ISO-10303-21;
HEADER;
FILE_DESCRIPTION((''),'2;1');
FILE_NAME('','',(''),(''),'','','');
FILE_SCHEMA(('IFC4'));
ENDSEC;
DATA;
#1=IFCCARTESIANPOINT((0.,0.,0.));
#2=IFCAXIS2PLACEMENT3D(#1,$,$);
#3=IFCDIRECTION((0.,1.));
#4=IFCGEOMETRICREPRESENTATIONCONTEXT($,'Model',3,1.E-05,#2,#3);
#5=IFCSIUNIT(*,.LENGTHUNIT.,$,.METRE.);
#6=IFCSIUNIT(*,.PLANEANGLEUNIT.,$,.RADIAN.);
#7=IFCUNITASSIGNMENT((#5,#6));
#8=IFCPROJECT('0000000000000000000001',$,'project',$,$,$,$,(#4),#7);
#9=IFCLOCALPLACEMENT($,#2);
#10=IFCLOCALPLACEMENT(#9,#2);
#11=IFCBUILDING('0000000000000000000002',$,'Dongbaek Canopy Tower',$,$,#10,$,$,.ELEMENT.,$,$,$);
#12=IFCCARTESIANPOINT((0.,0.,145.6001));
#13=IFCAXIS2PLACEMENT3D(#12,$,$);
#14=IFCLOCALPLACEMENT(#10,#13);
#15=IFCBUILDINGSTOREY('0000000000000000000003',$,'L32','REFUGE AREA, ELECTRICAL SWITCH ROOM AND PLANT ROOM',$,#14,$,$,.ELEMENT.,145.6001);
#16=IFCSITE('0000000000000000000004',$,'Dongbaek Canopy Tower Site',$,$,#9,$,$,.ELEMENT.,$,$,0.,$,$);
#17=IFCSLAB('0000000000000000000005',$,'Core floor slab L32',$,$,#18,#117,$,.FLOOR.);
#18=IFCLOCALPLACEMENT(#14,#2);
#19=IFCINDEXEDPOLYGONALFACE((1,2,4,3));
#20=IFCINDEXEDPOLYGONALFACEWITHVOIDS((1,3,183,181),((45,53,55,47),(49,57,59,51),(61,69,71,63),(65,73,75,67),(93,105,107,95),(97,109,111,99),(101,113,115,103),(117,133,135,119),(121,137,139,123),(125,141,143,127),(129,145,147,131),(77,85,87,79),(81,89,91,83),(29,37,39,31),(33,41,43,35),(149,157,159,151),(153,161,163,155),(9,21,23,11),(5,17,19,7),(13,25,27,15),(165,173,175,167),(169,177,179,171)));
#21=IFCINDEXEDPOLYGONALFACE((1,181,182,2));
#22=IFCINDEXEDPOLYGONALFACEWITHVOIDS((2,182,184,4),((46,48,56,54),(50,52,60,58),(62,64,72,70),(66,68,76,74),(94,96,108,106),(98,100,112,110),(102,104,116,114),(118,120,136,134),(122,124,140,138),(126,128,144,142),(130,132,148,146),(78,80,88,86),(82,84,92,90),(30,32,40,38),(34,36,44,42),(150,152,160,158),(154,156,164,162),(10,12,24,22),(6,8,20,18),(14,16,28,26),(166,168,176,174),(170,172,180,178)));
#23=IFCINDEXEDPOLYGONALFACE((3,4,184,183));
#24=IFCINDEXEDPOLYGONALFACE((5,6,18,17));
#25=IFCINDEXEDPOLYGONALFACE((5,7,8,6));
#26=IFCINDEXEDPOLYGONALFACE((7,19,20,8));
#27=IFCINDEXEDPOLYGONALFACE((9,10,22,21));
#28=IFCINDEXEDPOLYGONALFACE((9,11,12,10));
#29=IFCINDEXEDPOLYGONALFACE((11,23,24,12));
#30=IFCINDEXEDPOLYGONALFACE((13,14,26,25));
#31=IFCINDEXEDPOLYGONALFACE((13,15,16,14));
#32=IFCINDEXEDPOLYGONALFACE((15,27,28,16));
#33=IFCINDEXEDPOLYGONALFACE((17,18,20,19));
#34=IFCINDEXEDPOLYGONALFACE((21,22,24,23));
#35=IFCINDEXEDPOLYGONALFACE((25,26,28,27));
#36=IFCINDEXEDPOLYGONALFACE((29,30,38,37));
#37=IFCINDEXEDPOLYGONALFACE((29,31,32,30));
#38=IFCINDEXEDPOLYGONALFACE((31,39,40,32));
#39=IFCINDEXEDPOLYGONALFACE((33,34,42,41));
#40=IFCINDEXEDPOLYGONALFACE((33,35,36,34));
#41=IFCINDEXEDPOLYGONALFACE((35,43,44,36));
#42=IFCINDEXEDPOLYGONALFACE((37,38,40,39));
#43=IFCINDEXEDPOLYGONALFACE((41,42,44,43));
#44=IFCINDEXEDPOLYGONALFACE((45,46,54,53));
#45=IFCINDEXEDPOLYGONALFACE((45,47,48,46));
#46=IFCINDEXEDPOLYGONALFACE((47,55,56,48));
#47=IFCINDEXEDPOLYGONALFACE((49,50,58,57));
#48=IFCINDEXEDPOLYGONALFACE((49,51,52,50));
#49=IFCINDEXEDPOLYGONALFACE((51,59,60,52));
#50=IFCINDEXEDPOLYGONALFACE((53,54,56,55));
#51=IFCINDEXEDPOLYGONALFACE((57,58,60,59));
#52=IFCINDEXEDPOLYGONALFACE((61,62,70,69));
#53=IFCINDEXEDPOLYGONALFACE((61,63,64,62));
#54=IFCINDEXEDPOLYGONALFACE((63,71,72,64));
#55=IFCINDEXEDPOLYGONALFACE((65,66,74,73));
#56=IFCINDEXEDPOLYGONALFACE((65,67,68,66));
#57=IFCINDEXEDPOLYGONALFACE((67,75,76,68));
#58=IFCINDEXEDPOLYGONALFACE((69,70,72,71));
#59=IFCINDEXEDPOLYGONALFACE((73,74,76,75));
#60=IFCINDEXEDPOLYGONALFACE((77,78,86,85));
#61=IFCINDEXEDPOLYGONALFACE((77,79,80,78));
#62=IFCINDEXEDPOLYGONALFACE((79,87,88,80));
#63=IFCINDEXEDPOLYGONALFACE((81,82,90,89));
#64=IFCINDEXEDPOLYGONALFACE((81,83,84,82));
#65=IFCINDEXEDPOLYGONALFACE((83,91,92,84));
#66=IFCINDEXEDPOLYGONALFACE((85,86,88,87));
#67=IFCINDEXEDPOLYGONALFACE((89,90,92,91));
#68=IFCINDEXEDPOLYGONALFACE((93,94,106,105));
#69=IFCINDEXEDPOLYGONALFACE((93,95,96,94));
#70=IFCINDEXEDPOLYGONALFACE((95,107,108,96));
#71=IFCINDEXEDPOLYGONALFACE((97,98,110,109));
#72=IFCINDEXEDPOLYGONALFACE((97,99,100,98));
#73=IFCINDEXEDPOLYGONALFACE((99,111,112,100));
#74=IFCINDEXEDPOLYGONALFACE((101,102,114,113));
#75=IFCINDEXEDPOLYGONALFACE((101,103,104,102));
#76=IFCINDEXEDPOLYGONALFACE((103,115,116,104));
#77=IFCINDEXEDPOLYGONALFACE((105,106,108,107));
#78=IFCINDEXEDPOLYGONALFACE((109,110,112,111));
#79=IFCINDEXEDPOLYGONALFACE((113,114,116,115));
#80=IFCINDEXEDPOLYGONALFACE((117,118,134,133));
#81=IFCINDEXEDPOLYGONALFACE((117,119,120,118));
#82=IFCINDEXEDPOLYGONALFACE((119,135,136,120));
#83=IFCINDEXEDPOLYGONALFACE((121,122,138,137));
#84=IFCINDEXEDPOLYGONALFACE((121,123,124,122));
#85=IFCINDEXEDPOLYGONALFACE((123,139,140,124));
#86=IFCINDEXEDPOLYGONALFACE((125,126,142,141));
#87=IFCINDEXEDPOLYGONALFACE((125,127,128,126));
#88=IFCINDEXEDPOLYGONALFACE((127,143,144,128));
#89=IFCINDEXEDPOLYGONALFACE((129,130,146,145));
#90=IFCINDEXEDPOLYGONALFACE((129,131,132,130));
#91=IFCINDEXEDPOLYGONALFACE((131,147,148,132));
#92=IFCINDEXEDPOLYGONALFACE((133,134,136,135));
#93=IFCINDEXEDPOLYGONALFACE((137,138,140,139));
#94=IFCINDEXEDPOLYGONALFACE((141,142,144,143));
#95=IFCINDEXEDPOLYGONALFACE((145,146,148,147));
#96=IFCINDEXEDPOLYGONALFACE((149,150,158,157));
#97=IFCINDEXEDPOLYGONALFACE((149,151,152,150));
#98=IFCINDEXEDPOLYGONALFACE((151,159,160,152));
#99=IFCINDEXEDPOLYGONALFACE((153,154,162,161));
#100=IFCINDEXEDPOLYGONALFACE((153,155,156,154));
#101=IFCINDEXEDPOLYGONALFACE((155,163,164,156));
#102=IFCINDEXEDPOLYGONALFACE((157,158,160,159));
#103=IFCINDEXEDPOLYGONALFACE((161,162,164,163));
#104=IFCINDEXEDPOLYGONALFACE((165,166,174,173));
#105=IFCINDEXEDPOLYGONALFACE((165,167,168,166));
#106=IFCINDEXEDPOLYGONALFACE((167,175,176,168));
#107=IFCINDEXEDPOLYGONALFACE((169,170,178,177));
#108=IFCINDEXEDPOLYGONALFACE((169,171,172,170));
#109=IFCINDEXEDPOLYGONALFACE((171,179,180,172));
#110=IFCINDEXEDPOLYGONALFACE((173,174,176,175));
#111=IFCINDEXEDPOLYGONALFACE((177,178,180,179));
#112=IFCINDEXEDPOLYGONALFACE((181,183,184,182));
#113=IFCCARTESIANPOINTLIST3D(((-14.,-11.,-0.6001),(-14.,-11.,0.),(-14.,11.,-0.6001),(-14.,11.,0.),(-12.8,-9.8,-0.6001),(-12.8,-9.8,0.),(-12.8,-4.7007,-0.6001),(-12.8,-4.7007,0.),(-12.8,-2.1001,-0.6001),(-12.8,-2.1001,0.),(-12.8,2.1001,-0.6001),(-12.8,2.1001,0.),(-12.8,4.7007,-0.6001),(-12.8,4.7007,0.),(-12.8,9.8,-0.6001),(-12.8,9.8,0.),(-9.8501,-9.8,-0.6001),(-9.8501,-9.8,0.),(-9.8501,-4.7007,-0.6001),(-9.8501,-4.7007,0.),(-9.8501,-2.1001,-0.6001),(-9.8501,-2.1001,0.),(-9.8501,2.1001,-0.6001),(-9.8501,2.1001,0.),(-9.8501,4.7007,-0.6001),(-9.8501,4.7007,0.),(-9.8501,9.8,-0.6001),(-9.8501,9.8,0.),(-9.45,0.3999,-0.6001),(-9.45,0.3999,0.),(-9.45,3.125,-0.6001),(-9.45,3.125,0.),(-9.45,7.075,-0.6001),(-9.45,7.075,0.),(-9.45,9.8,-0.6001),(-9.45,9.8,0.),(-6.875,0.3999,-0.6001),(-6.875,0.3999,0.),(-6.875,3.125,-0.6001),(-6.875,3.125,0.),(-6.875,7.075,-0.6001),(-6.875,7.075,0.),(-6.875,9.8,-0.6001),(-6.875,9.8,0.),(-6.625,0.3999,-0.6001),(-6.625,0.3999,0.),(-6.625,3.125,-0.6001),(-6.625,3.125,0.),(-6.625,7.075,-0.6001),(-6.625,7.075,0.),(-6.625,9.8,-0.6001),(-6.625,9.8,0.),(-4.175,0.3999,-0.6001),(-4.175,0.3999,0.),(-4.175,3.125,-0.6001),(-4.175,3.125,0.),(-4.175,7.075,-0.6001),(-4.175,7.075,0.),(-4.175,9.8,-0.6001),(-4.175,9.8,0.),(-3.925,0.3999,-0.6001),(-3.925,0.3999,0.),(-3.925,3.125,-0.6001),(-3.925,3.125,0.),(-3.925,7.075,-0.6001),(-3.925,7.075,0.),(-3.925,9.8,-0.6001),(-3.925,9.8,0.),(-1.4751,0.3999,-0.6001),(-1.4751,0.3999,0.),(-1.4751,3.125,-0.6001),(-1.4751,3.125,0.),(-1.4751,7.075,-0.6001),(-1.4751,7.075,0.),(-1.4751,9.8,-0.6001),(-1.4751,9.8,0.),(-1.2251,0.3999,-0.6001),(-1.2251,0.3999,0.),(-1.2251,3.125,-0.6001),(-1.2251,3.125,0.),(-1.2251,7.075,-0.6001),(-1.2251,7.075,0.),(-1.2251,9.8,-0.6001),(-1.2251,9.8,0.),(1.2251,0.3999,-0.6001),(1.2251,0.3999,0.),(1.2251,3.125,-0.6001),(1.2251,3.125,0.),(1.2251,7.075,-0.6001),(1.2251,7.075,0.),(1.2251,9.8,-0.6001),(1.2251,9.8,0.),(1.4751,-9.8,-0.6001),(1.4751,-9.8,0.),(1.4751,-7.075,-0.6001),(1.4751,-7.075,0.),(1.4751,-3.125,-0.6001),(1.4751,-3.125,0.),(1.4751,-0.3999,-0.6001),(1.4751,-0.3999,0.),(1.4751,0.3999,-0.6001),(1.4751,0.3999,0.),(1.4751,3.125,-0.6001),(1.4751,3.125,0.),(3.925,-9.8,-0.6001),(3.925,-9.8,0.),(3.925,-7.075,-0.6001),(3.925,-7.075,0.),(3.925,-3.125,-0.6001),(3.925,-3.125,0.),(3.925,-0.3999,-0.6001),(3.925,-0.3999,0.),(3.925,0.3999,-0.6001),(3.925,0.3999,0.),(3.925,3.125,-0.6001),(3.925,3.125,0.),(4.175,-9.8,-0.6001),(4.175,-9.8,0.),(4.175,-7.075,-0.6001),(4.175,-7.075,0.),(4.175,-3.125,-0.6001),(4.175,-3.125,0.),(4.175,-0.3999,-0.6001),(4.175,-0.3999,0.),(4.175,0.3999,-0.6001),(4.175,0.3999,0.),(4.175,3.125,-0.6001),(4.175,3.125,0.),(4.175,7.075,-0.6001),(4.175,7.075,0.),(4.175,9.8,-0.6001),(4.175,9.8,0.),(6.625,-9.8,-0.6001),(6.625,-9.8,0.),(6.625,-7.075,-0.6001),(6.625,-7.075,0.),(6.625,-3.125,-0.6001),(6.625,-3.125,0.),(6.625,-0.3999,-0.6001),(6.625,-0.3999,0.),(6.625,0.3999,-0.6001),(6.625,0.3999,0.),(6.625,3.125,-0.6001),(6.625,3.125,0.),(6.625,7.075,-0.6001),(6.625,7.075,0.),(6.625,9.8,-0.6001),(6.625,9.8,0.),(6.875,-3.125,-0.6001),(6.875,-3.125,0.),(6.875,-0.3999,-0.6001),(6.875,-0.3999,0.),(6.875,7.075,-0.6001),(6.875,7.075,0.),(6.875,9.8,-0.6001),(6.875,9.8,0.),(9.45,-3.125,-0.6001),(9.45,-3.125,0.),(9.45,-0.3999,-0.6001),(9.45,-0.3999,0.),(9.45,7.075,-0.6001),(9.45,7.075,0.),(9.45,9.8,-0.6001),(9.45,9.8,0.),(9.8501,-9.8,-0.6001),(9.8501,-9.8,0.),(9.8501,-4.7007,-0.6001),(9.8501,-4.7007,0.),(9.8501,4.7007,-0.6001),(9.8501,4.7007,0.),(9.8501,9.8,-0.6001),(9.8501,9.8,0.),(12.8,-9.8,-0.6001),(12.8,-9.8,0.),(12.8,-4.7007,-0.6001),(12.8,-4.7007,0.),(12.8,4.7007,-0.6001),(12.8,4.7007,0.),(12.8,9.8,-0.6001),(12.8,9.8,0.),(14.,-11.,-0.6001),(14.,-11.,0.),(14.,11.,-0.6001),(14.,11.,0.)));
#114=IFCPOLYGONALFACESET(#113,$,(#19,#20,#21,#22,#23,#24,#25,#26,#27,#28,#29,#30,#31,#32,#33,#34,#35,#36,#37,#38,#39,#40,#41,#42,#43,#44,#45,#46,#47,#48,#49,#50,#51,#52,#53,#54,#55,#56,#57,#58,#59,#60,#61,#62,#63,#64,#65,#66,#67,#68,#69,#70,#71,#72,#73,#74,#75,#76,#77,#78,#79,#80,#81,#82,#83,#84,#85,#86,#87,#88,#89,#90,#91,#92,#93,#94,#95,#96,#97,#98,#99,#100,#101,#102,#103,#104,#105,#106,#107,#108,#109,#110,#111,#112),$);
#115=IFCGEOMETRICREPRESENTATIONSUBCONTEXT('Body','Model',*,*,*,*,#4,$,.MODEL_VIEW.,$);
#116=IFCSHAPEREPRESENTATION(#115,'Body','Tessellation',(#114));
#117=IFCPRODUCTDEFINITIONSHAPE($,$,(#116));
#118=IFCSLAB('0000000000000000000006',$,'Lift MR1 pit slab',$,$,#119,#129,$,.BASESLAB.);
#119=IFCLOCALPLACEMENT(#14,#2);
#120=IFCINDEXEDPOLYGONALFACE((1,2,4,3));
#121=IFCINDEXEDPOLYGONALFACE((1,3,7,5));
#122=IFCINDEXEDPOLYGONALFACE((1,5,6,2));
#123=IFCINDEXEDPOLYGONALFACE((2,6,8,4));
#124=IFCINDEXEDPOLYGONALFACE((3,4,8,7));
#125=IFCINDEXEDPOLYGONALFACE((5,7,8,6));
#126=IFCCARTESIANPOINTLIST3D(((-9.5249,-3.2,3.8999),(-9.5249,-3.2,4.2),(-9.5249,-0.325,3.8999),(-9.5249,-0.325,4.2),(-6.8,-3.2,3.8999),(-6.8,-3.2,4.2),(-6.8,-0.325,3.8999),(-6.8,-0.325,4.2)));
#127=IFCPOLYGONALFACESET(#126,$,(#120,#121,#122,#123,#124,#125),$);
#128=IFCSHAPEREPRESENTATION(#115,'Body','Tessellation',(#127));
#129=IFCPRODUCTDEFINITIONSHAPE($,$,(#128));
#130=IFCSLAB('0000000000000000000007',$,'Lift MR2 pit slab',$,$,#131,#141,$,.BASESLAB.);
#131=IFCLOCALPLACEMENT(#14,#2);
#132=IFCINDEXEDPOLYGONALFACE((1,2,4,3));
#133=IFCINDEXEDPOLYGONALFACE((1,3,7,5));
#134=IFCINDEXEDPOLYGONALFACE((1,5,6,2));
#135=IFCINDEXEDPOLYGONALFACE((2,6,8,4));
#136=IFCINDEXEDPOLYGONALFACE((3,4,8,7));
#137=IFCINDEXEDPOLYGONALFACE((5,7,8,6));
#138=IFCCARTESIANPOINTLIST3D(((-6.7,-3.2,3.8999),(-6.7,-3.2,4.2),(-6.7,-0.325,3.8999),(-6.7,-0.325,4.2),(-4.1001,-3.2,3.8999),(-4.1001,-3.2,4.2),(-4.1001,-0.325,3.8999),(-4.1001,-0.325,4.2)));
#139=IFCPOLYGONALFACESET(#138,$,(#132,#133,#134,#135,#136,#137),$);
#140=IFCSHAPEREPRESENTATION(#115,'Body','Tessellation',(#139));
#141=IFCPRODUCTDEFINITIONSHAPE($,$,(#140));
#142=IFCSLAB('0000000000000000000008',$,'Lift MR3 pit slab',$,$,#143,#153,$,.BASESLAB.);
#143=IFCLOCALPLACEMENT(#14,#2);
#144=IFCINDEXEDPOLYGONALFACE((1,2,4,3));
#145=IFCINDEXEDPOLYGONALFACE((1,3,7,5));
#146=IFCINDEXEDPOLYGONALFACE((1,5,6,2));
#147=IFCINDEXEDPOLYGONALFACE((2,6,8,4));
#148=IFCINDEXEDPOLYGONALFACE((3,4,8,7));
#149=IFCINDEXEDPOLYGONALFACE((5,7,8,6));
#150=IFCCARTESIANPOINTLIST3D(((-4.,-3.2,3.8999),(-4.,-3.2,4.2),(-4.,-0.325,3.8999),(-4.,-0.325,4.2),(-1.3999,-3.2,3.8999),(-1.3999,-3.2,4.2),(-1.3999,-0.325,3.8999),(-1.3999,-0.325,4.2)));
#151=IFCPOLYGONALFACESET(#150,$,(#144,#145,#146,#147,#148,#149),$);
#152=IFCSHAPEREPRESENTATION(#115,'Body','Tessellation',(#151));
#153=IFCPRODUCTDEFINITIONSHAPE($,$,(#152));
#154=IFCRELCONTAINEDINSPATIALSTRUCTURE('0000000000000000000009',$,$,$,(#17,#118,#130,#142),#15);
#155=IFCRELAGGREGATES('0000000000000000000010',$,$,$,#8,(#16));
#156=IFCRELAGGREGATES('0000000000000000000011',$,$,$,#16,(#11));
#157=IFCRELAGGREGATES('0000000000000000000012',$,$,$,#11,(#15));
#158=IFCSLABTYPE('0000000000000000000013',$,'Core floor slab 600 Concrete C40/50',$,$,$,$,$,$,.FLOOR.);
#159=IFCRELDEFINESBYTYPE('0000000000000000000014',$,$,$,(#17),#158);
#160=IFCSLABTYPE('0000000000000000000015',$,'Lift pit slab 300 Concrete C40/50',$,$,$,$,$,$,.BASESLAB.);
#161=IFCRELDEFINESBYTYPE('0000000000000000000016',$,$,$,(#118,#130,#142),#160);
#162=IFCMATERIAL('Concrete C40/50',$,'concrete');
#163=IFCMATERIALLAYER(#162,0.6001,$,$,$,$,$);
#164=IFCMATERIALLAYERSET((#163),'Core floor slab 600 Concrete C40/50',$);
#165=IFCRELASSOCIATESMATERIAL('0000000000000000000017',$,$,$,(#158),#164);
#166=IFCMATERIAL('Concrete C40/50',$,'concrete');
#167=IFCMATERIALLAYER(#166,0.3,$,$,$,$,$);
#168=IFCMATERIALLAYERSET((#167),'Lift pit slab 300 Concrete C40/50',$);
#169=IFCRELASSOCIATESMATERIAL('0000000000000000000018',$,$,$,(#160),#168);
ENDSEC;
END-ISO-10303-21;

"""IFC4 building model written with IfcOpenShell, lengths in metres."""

from ifc_helpers import new_model, si_unit, direction, frame, origin, place, context, subcontext, project, spatial, polyline, outline, extrude, material, layer, layer_set, type_object, element, save


model = new_model("IFC4")

# Units and contexts
model_context = context("Model", 3, precision=1e-05, world=origin(), true_north=direction((0.0, 1.0)))
body_context = subcontext(model_context, "Body", "Model", "MODEL_VIEW")
ifc_project = project(units=[si_unit("LENGTHUNIT", "METRE"), si_unit("PLANEANGLEUNIT", "RADIAN")], contexts=[model_context])

# Site, building, storey
site_placement = place(None, origin())
site = spatial("IfcSite", under=ifc_project, at=site_placement, Name="Dongbaek Canopy Tower Site", CompositionType="ELEMENT", RefElevation=0.0)
building_placement = place(site_placement, origin())
building = spatial("IfcBuilding", under=site, at=building_placement, Name="Dongbaek Canopy Tower", CompositionType="ELEMENT")
storey_placement = place(building_placement, frame((0.0, 0.0, 145.6001)))
storey = spatial("IfcBuildingStorey", under=building, at=storey_placement, Name="L32", Description="REFUGE AREA, ELECTRICAL SWITCH ROOM AND PLANT ROOM", CompositionType="ELEMENT", Elevation=145.6001)

# Slabs
ifc_material_1 = material(Name="Concrete C40/50", Category="concrete")
ifc_layer_1 = layer(ifc_material_1, 0.6001)
ifc_layer_set_1 = layer_set([ifc_layer_1], Name="Core floor slab 600 Concrete C40/50")
slab_type_1 = type_object("IfcSlabType", Name="Core floor slab 600 Concrete C40/50", PredefinedType="FLOOR", material=ifc_layer_set_1)
slab_1_placement = place(storey_placement, frame((0.0, 0.0, -0.6001)))
element("IfcSlab", 1, at=slab_1_placement, inside=storey, type_object=slab_type_1, Name="Core floor slab L32", PredefinedType="FLOOR", context=body_context, shape_type="SweptSolid", body=[
    extrude(outline(polyline([(14.0, -11.0), (14.0, 11.0), (-14.0, 11.0), (-14.0, -11.0), (14.0, -11.0)]), holes=[polyline([(-12.8, 2.1001), (-9.8501, 2.1001), (-9.8501, -2.1001), (-12.8, -2.1001), (-12.8, 2.1001)]), polyline([(-6.875, 9.8), (-6.875, 7.075), (-9.45, 7.075), (-9.45, 9.8), (-6.875, 9.8)]), polyline([(-4.175, 9.8), (-4.175, 7.075), (-6.625, 7.075), (-6.625, 9.8), (-4.175, 9.8)]), polyline([(-1.4751, 9.8), (-1.4751, 7.075), (-3.925, 7.075), (-3.925, 9.8), (-1.4751, 9.8)]), polyline([(1.2251, 9.8), (1.2251, 7.075), (-1.2251, 7.075), (-1.2251, 9.8), (1.2251, 9.8)]), polyline([(6.625, 9.8), (6.625, 7.075), (4.175, 7.075), (4.175, 9.8), (6.625, 9.8)]), polyline([(9.45, 7.075), (6.875, 7.075), (6.875, 9.8), (9.45, 9.8), (9.45, 7.075)]), polyline([(-9.45, 3.125), (-6.875, 3.125), (-6.875, 0.3999), (-9.45, 0.3999), (-9.45, 3.125)]), polyline([(-6.625, 3.125), (-4.175, 3.125), (-4.175, 0.3999), (-6.625, 0.3999), (-6.625, 3.125)]), polyline([(-3.925, 3.125), (-1.4751, 3.125), (-1.4751, 0.3999), (-3.925, 0.3999), (-3.925, 3.125)]), polyline([(1.2251, 3.125), (1.2251, 0.3999), (-1.2251, 0.3999), (-1.2251, 3.125), (1.2251, 3.125)]), polyline([(1.4751, 3.125), (3.925, 3.125), (3.925, 0.3999), (1.4751, 0.3999), (1.4751, 3.125)]), polyline([(4.175, 3.125), (6.625, 3.125), (6.625, 0.3999), (4.175, 0.3999), (4.175, 3.125)]), polyline([(1.4751, -0.3999), (3.925, -0.3999), (3.925, -3.125), (1.4751, -3.125), (1.4751, -0.3999)]), polyline([(4.175, -0.3999), (6.625, -0.3999), (6.625, -3.125), (4.175, -3.125), (4.175, -0.3999)]), polyline([(9.45, -3.125), (6.875, -3.125), (6.875, -0.3999), (9.45, -0.3999), (9.45, -3.125)]), polyline([(1.4751, -9.8), (1.4751, -7.075), (3.925, -7.075), (3.925, -9.8), (1.4751, -9.8)]), polyline([(4.175, -9.8), (4.175, -7.075), (6.625, -7.075), (6.625, -9.8), (4.175, -9.8)]), polyline([(12.8, 4.7007), (12.8, 9.8), (9.8501, 9.8), (9.8501, 4.7007), (12.8, 4.7007)]), polyline([(-9.8501, 4.7007), (-9.8501, 9.8), (-12.8, 9.8), (-12.8, 4.7007), (-9.8501, 4.7007)]), polyline([(9.8501, -4.7007), (9.8501, -9.8), (12.8, -9.8), (12.8, -4.7007), (9.8501, -4.7007)]), polyline([(-12.8, -4.7007), (-12.8, -9.8), (-9.8501, -9.8), (-9.8501, -4.7007), (-12.8, -4.7007)])]), origin(), (0.0, 0.0, 1.0), 0.6001),
])
ifc_material_2 = material(Name="Concrete C40/50", Category="concrete")
ifc_layer_2 = layer(ifc_material_2, 0.3)
ifc_layer_set_2 = layer_set([ifc_layer_2], Name="Lift pit slab 300 Concrete C40/50")
slab_type_2 = type_object("IfcSlabType", Name="Lift pit slab 300 Concrete C40/50", PredefinedType="BASESLAB", material=ifc_layer_set_2)
slab_2_placement = place(storey_placement, frame((0.0, 0.0, 3.8999)))
element("IfcSlab", 2, at=slab_2_placement, inside=storey, type_object=slab_type_2, Name="Lift MR1 pit slab", PredefinedType="BASESLAB", context=body_context, shape_type="SweptSolid", body=[
    extrude(outline(polyline([(-9.5249, -0.325), (-6.8, -0.325), (-6.8, -3.2), (-9.5249, -3.2), (-9.5249, -0.325)])), origin(), (0.0, 0.0, 1.0), 0.3),
])
slab_3_placement = place(storey_placement, frame((0.0, 0.0, 3.8999)))
element("IfcSlab", 3, at=slab_3_placement, inside=storey, type_object=slab_type_2, Name="Lift MR2 pit slab", PredefinedType="BASESLAB", context=body_context, shape_type="SweptSolid", body=[
    extrude(outline(polyline([(-6.7, -0.325), (-4.1001, -0.325), (-4.1001, -3.2), (-6.7, -3.2), (-6.7, -0.325)])), origin(), (0.0, 0.0, 1.0), 0.3),
])
slab_4_placement = place(storey_placement, frame((0.0, 0.0, 3.8999)))
element("IfcSlab", 4, at=slab_4_placement, inside=storey, type_object=slab_type_2, Name="Lift MR3 pit slab", PredefinedType="BASESLAB", context=body_context, shape_type="SweptSolid", body=[
    extrude(outline(polyline([(-4.0, -0.325), (-1.3999, -0.325), (-1.3999, -3.2), (-4.0, -3.2), (-4.0, -0.325)])), origin(), (0.0, 0.0, 1.0), 0.3),
])

save(model, "model.ifc")
